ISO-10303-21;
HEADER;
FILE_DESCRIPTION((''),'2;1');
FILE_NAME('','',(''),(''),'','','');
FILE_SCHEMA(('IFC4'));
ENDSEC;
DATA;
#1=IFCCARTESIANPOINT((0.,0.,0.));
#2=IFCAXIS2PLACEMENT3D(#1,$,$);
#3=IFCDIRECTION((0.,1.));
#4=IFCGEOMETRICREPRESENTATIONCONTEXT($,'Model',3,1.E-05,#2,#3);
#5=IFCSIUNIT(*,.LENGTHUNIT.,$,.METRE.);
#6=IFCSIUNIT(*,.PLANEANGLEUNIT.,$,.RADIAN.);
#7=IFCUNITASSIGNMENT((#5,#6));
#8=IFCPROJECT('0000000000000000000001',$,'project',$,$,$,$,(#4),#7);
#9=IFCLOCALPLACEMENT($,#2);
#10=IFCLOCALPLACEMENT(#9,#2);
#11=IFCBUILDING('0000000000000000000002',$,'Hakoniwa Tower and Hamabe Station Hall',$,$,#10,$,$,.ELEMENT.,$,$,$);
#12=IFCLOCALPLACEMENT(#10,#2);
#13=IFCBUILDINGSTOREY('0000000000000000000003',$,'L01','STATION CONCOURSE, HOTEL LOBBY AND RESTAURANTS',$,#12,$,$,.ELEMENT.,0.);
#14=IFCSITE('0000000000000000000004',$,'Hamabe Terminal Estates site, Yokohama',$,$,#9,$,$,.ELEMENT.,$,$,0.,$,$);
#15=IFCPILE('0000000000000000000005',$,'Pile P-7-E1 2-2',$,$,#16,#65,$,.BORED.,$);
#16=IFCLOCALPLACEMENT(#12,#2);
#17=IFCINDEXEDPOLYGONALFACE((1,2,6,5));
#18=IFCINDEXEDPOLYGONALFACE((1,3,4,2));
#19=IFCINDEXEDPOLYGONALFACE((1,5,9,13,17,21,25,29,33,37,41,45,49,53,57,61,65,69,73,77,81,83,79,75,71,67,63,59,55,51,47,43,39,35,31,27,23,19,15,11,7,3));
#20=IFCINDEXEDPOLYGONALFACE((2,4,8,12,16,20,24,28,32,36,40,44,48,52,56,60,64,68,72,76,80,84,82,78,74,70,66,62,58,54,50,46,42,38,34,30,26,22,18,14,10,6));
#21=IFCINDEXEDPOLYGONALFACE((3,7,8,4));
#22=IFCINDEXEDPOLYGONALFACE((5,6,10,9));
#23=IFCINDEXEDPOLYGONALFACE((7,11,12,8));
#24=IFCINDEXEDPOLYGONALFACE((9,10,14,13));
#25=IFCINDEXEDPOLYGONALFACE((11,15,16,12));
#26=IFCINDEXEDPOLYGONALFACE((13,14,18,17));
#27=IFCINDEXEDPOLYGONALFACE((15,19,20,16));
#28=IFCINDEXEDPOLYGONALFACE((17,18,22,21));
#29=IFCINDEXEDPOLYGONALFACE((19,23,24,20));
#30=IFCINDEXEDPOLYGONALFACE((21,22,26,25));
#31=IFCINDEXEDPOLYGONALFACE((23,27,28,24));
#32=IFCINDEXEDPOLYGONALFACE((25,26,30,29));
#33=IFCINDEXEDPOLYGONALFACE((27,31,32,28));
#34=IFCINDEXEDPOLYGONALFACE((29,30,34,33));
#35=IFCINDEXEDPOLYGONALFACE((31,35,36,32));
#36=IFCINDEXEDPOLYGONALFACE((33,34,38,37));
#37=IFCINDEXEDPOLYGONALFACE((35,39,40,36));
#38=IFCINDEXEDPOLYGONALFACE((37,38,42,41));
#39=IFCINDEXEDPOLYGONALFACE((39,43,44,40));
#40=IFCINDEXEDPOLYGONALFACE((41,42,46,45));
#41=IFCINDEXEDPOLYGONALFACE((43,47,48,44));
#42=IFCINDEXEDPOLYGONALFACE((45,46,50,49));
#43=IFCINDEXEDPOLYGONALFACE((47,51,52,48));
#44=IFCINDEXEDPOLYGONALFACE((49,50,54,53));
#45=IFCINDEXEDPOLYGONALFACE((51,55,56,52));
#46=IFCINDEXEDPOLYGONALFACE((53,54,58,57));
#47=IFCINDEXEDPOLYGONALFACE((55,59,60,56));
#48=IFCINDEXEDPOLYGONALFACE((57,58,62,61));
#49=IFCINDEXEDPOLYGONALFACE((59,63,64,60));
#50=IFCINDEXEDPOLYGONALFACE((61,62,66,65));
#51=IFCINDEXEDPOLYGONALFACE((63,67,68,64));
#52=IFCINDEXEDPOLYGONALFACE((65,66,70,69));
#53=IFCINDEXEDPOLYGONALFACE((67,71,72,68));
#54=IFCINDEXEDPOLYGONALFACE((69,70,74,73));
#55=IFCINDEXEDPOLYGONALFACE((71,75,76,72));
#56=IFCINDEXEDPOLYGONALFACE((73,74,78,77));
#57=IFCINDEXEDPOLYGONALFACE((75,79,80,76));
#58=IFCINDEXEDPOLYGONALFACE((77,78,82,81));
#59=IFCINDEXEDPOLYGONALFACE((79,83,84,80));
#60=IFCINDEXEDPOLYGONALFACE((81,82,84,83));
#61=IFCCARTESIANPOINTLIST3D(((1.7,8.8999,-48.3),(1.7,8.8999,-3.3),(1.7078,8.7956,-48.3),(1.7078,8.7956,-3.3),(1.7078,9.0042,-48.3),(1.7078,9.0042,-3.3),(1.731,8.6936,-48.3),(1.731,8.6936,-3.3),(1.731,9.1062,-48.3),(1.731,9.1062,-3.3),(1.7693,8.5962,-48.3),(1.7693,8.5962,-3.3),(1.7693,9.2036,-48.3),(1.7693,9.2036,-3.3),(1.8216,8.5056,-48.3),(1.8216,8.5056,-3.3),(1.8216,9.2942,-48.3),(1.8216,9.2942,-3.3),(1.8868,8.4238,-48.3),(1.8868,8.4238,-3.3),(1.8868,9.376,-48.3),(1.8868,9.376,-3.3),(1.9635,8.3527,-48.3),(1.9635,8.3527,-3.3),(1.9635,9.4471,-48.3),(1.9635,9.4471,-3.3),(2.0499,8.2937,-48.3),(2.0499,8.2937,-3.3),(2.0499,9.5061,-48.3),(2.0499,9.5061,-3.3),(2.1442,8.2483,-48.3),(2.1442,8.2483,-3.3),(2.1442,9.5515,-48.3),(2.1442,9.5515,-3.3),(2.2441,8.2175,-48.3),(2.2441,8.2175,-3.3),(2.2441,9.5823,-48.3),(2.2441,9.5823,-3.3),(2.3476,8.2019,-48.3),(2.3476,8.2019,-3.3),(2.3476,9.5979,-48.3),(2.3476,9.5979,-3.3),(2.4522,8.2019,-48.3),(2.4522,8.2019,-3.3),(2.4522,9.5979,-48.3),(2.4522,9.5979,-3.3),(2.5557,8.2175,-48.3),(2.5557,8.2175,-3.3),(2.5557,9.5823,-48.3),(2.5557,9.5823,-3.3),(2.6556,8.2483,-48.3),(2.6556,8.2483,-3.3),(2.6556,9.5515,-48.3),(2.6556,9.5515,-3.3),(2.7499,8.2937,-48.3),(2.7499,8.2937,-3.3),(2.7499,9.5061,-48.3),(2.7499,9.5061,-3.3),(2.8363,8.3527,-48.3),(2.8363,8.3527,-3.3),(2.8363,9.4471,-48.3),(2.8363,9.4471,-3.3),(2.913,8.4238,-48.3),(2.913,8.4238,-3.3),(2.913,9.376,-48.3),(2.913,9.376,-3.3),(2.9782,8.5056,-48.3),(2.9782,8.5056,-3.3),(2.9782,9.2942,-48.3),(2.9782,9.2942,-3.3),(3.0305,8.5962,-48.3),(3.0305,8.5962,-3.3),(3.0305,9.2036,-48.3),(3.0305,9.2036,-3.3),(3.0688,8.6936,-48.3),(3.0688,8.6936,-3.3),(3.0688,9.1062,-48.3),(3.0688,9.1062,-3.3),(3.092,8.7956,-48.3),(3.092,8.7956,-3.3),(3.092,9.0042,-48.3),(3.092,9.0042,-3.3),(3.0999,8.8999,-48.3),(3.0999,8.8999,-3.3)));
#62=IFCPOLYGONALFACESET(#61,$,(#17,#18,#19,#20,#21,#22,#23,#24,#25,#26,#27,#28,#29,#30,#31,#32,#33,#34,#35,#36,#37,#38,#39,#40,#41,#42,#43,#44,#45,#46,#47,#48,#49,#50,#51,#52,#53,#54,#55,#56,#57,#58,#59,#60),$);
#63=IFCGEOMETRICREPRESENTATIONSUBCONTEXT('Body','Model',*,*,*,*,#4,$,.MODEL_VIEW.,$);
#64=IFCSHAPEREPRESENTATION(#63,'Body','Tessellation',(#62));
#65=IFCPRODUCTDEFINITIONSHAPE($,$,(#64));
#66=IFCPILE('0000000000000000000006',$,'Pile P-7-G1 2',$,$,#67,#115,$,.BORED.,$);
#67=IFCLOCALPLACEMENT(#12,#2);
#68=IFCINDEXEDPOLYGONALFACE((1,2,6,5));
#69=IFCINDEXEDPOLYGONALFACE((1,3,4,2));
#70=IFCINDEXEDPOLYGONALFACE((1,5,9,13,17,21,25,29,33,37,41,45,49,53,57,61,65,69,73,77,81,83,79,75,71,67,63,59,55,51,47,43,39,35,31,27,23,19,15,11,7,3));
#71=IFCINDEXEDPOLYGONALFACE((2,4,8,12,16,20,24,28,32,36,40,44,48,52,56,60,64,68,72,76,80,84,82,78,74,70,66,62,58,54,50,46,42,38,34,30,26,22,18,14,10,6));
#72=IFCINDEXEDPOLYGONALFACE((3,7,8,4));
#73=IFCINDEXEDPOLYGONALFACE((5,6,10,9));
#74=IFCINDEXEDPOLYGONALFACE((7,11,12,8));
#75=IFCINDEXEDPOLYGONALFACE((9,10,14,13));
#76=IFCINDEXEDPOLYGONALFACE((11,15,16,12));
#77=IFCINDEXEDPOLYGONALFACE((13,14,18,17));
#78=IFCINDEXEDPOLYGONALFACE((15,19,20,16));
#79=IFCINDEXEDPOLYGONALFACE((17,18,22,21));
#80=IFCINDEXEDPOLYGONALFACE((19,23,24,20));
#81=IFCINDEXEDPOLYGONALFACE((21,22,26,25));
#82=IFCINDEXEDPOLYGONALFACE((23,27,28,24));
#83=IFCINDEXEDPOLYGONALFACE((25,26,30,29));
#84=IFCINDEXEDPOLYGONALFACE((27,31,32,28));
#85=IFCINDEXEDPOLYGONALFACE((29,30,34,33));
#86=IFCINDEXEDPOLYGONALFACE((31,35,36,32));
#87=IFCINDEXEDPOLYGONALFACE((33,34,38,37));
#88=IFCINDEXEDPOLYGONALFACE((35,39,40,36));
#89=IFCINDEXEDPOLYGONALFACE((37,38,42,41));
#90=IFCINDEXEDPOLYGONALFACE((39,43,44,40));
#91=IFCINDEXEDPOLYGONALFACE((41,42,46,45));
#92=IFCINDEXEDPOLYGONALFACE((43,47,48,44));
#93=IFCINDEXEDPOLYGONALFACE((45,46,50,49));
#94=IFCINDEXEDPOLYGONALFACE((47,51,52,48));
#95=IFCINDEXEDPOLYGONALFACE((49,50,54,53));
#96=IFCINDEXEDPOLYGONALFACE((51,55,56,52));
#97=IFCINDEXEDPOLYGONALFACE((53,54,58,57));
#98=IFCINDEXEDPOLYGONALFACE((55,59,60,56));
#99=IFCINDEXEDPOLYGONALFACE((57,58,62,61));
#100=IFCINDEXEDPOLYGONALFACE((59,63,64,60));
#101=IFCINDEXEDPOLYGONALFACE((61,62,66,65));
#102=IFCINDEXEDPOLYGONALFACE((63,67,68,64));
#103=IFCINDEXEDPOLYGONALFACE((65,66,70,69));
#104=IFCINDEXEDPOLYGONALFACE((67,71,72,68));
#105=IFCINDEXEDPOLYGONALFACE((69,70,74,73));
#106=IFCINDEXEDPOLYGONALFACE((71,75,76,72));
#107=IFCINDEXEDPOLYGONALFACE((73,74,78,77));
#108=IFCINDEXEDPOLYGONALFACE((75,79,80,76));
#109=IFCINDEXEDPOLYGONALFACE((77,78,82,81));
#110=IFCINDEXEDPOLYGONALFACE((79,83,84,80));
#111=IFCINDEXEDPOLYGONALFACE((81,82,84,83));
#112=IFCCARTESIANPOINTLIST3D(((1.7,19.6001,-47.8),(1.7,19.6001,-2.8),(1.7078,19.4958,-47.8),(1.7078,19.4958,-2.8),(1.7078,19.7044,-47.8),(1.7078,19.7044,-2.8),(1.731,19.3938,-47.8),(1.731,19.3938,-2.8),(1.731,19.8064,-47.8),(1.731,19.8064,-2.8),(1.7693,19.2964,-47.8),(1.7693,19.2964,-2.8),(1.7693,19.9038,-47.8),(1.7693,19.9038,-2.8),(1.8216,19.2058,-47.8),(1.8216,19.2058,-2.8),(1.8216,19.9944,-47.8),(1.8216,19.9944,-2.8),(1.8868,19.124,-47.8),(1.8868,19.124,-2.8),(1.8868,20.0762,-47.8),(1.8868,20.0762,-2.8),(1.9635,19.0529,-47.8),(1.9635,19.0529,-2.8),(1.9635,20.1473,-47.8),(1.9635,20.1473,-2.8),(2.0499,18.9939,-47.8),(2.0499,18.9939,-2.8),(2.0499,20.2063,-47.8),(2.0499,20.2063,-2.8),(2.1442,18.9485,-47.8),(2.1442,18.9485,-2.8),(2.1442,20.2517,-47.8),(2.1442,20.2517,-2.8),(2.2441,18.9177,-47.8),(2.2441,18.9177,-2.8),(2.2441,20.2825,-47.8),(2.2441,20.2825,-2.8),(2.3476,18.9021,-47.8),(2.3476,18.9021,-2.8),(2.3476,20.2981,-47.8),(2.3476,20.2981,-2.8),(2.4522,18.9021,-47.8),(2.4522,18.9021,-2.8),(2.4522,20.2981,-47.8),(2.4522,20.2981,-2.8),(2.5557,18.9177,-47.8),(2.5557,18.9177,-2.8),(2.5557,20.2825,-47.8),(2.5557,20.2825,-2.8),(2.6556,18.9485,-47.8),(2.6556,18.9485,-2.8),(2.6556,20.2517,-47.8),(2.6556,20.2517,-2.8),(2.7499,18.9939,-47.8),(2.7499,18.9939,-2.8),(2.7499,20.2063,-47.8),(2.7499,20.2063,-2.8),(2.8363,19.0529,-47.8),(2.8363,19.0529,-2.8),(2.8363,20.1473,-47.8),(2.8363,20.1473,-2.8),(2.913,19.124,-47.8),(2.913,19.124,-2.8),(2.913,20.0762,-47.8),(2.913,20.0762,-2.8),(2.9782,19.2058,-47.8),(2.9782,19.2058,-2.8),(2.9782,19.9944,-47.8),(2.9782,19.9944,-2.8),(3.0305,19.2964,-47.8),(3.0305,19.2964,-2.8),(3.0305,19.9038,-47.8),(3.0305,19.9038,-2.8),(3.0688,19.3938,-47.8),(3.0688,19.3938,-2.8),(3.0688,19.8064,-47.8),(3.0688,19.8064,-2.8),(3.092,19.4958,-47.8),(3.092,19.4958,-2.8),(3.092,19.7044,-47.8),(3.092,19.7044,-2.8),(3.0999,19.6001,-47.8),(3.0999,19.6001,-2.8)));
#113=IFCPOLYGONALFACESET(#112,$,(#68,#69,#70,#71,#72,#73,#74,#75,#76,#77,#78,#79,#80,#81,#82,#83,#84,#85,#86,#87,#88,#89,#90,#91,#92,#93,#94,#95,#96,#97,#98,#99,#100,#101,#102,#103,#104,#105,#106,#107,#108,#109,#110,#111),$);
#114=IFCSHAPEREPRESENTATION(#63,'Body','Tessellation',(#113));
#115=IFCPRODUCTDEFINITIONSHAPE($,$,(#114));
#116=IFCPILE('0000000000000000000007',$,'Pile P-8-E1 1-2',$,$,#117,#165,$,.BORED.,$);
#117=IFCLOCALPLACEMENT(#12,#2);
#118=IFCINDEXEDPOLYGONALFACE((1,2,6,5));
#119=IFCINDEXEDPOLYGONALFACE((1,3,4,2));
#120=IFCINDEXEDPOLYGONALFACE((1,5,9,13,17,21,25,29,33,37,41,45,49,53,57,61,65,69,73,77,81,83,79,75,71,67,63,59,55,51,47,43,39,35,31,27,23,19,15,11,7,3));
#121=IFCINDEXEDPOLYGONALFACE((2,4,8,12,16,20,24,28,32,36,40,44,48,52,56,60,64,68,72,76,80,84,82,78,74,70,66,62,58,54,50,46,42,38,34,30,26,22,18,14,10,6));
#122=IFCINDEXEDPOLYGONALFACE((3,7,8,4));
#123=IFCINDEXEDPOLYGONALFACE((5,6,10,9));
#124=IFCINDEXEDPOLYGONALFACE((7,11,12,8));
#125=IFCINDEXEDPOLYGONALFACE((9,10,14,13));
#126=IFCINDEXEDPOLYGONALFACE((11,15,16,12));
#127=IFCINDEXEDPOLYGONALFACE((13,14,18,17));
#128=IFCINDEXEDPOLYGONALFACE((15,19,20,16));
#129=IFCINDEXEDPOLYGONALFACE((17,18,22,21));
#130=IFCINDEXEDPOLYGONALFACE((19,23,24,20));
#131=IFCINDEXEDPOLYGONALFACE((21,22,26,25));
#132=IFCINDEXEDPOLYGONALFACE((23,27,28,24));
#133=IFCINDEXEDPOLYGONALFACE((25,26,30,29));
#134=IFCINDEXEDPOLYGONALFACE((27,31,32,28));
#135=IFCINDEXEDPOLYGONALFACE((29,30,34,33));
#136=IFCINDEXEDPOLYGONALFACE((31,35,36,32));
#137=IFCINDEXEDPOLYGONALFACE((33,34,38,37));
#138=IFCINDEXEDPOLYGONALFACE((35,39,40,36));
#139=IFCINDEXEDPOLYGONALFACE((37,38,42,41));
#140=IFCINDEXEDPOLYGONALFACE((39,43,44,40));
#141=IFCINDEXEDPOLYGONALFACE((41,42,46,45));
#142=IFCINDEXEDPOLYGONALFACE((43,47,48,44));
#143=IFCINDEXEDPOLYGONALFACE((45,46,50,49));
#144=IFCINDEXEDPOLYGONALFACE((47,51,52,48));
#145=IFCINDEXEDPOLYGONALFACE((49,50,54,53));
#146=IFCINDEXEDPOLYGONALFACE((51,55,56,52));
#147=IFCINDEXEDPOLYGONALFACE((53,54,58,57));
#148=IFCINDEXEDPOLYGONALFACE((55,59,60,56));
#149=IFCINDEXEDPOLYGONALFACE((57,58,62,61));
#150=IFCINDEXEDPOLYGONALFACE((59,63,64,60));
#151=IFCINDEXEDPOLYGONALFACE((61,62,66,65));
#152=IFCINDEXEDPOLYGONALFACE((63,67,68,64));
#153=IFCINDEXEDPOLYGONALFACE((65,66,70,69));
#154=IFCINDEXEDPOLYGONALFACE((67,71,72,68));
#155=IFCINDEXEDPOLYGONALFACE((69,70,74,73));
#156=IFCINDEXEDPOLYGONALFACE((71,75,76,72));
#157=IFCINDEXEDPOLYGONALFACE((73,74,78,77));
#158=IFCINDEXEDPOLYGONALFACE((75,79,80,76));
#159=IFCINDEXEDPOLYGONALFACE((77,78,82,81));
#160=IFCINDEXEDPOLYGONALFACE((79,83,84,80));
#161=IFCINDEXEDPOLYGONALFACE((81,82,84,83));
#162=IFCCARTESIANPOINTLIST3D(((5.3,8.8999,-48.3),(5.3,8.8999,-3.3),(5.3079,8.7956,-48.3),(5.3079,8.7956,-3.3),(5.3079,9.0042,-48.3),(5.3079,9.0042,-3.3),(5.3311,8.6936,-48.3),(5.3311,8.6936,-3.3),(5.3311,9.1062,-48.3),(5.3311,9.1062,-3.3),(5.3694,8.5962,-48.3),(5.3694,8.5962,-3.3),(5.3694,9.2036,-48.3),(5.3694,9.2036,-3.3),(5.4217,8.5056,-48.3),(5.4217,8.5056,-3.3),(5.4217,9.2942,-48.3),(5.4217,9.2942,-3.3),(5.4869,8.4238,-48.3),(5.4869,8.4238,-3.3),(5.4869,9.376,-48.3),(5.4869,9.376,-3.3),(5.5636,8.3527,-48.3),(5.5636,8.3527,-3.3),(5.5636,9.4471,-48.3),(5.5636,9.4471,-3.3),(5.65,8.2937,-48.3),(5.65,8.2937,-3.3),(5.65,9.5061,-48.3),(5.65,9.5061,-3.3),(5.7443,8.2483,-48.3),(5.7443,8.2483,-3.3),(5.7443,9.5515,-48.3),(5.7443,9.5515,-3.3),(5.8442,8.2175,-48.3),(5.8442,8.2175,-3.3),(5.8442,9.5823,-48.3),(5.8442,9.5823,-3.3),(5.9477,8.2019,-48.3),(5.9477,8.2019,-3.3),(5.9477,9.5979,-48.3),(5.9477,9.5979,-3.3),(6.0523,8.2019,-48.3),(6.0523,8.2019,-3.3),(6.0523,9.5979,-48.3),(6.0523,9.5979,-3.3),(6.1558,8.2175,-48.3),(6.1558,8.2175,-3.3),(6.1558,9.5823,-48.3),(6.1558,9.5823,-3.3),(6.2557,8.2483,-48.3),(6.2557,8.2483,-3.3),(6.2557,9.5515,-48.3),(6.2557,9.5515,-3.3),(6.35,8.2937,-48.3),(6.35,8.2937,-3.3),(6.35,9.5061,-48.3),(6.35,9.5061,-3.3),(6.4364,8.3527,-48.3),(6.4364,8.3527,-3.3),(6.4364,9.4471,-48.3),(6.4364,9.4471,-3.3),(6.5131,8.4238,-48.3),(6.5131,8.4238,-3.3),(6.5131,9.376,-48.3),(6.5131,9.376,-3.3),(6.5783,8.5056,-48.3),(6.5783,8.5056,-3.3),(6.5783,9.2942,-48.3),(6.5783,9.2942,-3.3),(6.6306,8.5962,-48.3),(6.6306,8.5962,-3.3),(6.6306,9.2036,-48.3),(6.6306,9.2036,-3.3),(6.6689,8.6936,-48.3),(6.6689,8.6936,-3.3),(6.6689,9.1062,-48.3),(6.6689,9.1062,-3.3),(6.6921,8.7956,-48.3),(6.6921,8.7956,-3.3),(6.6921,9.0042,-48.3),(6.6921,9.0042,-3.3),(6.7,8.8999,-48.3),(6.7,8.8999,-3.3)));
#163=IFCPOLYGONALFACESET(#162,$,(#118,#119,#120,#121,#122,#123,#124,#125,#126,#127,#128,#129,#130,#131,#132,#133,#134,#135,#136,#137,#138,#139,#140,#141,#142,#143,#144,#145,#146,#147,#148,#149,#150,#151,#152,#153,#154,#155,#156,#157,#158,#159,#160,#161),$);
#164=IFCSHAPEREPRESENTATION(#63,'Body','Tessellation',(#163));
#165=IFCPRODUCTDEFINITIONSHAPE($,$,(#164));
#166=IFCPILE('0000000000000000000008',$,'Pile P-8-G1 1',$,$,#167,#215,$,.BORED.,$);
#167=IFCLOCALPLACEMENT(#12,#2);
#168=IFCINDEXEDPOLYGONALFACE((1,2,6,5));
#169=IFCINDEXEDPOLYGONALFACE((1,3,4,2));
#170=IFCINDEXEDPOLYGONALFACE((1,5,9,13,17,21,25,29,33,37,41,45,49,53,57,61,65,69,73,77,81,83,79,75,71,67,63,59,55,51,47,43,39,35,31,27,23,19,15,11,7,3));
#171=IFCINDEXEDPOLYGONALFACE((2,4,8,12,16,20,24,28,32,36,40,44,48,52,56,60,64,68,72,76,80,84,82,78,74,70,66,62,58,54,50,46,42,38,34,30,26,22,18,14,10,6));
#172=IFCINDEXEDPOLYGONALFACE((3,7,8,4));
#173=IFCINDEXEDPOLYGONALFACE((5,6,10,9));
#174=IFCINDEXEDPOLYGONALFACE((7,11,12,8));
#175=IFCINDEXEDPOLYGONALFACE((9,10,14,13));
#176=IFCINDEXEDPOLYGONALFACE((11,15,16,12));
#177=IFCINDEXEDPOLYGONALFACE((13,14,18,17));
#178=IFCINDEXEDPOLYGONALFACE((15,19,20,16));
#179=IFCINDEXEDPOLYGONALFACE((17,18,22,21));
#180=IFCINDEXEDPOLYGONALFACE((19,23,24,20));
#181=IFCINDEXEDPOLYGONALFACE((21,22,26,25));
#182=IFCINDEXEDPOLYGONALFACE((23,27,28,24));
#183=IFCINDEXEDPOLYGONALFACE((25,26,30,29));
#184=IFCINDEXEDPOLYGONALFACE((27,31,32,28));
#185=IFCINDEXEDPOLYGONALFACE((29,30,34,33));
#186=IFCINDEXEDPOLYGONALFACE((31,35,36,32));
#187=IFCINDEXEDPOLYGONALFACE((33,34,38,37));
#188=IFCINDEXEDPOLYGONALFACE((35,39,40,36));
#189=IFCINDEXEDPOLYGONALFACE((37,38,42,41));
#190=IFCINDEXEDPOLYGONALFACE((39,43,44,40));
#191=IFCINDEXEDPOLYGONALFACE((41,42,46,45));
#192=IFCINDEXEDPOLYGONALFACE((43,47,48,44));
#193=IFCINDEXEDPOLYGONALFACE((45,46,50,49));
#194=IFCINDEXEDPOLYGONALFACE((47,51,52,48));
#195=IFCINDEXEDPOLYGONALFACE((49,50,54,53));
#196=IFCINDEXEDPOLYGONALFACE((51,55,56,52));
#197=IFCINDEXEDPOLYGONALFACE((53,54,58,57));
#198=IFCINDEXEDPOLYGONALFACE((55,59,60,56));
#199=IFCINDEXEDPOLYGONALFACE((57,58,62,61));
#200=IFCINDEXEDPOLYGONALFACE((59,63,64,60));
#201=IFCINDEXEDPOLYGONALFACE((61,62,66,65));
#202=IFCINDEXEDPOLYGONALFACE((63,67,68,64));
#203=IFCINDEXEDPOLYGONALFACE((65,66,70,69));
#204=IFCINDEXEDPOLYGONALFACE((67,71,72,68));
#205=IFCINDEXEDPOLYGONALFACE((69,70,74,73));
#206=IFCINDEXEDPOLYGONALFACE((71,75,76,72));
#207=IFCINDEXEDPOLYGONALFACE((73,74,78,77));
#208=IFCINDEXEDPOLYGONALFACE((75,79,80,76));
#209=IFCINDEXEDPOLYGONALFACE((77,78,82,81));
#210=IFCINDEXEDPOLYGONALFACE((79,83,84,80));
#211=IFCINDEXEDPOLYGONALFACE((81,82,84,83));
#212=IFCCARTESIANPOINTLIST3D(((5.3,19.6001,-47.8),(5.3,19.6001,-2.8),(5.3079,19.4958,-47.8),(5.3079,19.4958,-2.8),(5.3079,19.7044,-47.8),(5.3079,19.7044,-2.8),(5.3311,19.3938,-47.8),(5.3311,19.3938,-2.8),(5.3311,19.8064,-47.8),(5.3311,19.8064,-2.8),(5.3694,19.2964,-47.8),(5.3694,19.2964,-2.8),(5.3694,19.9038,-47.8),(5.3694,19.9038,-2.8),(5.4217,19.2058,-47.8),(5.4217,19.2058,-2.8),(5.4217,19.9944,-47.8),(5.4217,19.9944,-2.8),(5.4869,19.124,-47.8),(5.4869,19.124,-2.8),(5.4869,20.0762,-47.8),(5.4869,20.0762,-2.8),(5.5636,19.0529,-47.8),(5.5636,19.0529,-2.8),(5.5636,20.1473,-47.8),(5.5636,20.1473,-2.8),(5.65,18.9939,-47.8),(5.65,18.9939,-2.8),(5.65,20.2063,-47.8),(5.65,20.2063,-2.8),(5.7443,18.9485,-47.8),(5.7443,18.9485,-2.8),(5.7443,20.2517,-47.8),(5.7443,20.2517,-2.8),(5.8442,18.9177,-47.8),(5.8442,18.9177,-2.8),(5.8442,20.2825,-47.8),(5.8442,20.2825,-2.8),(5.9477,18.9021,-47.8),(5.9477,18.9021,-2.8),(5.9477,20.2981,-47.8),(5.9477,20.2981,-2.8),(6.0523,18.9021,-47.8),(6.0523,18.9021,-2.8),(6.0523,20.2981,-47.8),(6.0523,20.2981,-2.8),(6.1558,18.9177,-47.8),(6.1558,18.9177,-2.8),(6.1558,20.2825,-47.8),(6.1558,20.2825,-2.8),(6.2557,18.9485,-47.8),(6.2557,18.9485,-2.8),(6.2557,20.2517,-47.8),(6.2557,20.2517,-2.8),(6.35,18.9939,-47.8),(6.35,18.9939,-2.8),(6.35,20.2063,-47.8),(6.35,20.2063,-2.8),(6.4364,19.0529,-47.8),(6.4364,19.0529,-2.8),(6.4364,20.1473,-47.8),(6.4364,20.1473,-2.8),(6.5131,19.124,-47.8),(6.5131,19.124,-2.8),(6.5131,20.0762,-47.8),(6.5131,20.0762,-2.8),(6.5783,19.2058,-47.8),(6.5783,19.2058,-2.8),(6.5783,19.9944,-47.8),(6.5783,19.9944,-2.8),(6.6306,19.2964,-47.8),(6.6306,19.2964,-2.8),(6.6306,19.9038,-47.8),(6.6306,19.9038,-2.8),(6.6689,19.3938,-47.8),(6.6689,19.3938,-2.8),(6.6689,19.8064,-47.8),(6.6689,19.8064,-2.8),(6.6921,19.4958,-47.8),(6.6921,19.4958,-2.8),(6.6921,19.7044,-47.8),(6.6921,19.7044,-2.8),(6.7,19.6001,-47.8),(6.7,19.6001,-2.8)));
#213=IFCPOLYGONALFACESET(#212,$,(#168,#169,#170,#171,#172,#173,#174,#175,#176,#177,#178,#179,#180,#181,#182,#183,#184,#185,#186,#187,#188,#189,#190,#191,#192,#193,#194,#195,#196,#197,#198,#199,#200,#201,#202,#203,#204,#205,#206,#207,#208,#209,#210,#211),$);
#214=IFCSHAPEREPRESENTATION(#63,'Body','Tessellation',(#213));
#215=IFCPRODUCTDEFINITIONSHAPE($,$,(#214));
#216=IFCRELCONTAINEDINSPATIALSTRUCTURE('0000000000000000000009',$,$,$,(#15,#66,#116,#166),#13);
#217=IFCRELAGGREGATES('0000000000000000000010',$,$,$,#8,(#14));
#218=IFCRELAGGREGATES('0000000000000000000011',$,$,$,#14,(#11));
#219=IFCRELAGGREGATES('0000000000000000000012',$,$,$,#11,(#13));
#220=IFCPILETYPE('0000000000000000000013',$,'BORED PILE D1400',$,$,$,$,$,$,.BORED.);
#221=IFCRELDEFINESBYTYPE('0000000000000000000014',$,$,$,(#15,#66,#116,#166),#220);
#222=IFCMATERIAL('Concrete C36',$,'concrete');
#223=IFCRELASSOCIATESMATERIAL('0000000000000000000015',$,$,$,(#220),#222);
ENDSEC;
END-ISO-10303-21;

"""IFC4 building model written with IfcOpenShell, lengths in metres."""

from ifc_helpers import new_model, si_unit, direction, frame, origin, origin_2d, place, context, subcontext, project, spatial, circle, extrude, material, material_profile, profile_set, type_object, element, save


model = new_model("IFC4")

# Units and contexts
model_context = context("Model", 3, precision=1e-05, world=origin(), true_north=direction((0.0, 1.0)))
body_context = subcontext(model_context, "Body", "Model", "MODEL_VIEW")
ifc_project = project(units=[si_unit("LENGTHUNIT", "METRE"), si_unit("PLANEANGLEUNIT", "RADIAN")], contexts=[model_context])

# Site, building, storey
site_placement = place(None, origin())
site = spatial("IfcSite", under=ifc_project, at=site_placement, Name="Hamabe Terminal Estates site, Yokohama", CompositionType="ELEMENT", RefElevation=0.0)
building_placement = place(site_placement, origin())
building = spatial("IfcBuilding", under=site, at=building_placement, Name="Hakoniwa Tower and Hamabe Station Hall", CompositionType="ELEMENT")
storey_placement = place(building_placement, origin())
storey = spatial("IfcBuildingStorey", under=building, at=storey_placement, Name="L01", Description="STATION CONCOURSE, HOTEL LOBBY AND RESTAURANTS", CompositionType="ELEMENT", Elevation=0.0)

# Piles
ifc_material_1 = material(Name="Concrete C36", Category="concrete")
ifc_material_profile_1 = material_profile(ifc_material_1, circle(Radius=0.7, at=origin_2d()), Name="BORED PILE D1400")
ifc_profile_set_1 = profile_set([ifc_material_profile_1], Name="Concrete C36")
pile_type = type_object("IfcPileType", Name="BORED PILE D1400", PredefinedType="BORED", material=ifc_profile_set_1)
for number, where, z_axis, x_axis, name in (
    (1, (2.3999, 8.8999, -3.3), (0.0, 0.0, -1.0), (1.0, 0.0, 0.0), "Pile P-7-E1 2-2"),
    (2, (2.3999, 19.6001, -2.8), (0.0, 0.0, -1.0), (1.0, 0.0, 0.0), "Pile P-7-G1 2"),
    (3, (6.0, 8.8999, -3.3), (0.0, 0.0, -1.0), (1.0, 0.0, 0.0), "Pile P-8-E1 1-2"),
    (4, (6.0, 19.6001, -2.8), (0.0, 0.0, -1.0), (1.0, 0.0, 0.0), "Pile P-8-G1 1"),
):
    element("IfcPile", number, at=place(storey_placement, frame(where, z_axis=z_axis, x_axis=x_axis)), inside=storey, type_object=pile_type, Name=name, PredefinedType="BORED", context=body_context, shape_type="SweptSolid", body=[
        extrude(circle(Radius=0.7, at=origin_2d()), origin(), (0.0, 0.0, 1.0), 45.0),
    ])

save(model, "model.ifc")
